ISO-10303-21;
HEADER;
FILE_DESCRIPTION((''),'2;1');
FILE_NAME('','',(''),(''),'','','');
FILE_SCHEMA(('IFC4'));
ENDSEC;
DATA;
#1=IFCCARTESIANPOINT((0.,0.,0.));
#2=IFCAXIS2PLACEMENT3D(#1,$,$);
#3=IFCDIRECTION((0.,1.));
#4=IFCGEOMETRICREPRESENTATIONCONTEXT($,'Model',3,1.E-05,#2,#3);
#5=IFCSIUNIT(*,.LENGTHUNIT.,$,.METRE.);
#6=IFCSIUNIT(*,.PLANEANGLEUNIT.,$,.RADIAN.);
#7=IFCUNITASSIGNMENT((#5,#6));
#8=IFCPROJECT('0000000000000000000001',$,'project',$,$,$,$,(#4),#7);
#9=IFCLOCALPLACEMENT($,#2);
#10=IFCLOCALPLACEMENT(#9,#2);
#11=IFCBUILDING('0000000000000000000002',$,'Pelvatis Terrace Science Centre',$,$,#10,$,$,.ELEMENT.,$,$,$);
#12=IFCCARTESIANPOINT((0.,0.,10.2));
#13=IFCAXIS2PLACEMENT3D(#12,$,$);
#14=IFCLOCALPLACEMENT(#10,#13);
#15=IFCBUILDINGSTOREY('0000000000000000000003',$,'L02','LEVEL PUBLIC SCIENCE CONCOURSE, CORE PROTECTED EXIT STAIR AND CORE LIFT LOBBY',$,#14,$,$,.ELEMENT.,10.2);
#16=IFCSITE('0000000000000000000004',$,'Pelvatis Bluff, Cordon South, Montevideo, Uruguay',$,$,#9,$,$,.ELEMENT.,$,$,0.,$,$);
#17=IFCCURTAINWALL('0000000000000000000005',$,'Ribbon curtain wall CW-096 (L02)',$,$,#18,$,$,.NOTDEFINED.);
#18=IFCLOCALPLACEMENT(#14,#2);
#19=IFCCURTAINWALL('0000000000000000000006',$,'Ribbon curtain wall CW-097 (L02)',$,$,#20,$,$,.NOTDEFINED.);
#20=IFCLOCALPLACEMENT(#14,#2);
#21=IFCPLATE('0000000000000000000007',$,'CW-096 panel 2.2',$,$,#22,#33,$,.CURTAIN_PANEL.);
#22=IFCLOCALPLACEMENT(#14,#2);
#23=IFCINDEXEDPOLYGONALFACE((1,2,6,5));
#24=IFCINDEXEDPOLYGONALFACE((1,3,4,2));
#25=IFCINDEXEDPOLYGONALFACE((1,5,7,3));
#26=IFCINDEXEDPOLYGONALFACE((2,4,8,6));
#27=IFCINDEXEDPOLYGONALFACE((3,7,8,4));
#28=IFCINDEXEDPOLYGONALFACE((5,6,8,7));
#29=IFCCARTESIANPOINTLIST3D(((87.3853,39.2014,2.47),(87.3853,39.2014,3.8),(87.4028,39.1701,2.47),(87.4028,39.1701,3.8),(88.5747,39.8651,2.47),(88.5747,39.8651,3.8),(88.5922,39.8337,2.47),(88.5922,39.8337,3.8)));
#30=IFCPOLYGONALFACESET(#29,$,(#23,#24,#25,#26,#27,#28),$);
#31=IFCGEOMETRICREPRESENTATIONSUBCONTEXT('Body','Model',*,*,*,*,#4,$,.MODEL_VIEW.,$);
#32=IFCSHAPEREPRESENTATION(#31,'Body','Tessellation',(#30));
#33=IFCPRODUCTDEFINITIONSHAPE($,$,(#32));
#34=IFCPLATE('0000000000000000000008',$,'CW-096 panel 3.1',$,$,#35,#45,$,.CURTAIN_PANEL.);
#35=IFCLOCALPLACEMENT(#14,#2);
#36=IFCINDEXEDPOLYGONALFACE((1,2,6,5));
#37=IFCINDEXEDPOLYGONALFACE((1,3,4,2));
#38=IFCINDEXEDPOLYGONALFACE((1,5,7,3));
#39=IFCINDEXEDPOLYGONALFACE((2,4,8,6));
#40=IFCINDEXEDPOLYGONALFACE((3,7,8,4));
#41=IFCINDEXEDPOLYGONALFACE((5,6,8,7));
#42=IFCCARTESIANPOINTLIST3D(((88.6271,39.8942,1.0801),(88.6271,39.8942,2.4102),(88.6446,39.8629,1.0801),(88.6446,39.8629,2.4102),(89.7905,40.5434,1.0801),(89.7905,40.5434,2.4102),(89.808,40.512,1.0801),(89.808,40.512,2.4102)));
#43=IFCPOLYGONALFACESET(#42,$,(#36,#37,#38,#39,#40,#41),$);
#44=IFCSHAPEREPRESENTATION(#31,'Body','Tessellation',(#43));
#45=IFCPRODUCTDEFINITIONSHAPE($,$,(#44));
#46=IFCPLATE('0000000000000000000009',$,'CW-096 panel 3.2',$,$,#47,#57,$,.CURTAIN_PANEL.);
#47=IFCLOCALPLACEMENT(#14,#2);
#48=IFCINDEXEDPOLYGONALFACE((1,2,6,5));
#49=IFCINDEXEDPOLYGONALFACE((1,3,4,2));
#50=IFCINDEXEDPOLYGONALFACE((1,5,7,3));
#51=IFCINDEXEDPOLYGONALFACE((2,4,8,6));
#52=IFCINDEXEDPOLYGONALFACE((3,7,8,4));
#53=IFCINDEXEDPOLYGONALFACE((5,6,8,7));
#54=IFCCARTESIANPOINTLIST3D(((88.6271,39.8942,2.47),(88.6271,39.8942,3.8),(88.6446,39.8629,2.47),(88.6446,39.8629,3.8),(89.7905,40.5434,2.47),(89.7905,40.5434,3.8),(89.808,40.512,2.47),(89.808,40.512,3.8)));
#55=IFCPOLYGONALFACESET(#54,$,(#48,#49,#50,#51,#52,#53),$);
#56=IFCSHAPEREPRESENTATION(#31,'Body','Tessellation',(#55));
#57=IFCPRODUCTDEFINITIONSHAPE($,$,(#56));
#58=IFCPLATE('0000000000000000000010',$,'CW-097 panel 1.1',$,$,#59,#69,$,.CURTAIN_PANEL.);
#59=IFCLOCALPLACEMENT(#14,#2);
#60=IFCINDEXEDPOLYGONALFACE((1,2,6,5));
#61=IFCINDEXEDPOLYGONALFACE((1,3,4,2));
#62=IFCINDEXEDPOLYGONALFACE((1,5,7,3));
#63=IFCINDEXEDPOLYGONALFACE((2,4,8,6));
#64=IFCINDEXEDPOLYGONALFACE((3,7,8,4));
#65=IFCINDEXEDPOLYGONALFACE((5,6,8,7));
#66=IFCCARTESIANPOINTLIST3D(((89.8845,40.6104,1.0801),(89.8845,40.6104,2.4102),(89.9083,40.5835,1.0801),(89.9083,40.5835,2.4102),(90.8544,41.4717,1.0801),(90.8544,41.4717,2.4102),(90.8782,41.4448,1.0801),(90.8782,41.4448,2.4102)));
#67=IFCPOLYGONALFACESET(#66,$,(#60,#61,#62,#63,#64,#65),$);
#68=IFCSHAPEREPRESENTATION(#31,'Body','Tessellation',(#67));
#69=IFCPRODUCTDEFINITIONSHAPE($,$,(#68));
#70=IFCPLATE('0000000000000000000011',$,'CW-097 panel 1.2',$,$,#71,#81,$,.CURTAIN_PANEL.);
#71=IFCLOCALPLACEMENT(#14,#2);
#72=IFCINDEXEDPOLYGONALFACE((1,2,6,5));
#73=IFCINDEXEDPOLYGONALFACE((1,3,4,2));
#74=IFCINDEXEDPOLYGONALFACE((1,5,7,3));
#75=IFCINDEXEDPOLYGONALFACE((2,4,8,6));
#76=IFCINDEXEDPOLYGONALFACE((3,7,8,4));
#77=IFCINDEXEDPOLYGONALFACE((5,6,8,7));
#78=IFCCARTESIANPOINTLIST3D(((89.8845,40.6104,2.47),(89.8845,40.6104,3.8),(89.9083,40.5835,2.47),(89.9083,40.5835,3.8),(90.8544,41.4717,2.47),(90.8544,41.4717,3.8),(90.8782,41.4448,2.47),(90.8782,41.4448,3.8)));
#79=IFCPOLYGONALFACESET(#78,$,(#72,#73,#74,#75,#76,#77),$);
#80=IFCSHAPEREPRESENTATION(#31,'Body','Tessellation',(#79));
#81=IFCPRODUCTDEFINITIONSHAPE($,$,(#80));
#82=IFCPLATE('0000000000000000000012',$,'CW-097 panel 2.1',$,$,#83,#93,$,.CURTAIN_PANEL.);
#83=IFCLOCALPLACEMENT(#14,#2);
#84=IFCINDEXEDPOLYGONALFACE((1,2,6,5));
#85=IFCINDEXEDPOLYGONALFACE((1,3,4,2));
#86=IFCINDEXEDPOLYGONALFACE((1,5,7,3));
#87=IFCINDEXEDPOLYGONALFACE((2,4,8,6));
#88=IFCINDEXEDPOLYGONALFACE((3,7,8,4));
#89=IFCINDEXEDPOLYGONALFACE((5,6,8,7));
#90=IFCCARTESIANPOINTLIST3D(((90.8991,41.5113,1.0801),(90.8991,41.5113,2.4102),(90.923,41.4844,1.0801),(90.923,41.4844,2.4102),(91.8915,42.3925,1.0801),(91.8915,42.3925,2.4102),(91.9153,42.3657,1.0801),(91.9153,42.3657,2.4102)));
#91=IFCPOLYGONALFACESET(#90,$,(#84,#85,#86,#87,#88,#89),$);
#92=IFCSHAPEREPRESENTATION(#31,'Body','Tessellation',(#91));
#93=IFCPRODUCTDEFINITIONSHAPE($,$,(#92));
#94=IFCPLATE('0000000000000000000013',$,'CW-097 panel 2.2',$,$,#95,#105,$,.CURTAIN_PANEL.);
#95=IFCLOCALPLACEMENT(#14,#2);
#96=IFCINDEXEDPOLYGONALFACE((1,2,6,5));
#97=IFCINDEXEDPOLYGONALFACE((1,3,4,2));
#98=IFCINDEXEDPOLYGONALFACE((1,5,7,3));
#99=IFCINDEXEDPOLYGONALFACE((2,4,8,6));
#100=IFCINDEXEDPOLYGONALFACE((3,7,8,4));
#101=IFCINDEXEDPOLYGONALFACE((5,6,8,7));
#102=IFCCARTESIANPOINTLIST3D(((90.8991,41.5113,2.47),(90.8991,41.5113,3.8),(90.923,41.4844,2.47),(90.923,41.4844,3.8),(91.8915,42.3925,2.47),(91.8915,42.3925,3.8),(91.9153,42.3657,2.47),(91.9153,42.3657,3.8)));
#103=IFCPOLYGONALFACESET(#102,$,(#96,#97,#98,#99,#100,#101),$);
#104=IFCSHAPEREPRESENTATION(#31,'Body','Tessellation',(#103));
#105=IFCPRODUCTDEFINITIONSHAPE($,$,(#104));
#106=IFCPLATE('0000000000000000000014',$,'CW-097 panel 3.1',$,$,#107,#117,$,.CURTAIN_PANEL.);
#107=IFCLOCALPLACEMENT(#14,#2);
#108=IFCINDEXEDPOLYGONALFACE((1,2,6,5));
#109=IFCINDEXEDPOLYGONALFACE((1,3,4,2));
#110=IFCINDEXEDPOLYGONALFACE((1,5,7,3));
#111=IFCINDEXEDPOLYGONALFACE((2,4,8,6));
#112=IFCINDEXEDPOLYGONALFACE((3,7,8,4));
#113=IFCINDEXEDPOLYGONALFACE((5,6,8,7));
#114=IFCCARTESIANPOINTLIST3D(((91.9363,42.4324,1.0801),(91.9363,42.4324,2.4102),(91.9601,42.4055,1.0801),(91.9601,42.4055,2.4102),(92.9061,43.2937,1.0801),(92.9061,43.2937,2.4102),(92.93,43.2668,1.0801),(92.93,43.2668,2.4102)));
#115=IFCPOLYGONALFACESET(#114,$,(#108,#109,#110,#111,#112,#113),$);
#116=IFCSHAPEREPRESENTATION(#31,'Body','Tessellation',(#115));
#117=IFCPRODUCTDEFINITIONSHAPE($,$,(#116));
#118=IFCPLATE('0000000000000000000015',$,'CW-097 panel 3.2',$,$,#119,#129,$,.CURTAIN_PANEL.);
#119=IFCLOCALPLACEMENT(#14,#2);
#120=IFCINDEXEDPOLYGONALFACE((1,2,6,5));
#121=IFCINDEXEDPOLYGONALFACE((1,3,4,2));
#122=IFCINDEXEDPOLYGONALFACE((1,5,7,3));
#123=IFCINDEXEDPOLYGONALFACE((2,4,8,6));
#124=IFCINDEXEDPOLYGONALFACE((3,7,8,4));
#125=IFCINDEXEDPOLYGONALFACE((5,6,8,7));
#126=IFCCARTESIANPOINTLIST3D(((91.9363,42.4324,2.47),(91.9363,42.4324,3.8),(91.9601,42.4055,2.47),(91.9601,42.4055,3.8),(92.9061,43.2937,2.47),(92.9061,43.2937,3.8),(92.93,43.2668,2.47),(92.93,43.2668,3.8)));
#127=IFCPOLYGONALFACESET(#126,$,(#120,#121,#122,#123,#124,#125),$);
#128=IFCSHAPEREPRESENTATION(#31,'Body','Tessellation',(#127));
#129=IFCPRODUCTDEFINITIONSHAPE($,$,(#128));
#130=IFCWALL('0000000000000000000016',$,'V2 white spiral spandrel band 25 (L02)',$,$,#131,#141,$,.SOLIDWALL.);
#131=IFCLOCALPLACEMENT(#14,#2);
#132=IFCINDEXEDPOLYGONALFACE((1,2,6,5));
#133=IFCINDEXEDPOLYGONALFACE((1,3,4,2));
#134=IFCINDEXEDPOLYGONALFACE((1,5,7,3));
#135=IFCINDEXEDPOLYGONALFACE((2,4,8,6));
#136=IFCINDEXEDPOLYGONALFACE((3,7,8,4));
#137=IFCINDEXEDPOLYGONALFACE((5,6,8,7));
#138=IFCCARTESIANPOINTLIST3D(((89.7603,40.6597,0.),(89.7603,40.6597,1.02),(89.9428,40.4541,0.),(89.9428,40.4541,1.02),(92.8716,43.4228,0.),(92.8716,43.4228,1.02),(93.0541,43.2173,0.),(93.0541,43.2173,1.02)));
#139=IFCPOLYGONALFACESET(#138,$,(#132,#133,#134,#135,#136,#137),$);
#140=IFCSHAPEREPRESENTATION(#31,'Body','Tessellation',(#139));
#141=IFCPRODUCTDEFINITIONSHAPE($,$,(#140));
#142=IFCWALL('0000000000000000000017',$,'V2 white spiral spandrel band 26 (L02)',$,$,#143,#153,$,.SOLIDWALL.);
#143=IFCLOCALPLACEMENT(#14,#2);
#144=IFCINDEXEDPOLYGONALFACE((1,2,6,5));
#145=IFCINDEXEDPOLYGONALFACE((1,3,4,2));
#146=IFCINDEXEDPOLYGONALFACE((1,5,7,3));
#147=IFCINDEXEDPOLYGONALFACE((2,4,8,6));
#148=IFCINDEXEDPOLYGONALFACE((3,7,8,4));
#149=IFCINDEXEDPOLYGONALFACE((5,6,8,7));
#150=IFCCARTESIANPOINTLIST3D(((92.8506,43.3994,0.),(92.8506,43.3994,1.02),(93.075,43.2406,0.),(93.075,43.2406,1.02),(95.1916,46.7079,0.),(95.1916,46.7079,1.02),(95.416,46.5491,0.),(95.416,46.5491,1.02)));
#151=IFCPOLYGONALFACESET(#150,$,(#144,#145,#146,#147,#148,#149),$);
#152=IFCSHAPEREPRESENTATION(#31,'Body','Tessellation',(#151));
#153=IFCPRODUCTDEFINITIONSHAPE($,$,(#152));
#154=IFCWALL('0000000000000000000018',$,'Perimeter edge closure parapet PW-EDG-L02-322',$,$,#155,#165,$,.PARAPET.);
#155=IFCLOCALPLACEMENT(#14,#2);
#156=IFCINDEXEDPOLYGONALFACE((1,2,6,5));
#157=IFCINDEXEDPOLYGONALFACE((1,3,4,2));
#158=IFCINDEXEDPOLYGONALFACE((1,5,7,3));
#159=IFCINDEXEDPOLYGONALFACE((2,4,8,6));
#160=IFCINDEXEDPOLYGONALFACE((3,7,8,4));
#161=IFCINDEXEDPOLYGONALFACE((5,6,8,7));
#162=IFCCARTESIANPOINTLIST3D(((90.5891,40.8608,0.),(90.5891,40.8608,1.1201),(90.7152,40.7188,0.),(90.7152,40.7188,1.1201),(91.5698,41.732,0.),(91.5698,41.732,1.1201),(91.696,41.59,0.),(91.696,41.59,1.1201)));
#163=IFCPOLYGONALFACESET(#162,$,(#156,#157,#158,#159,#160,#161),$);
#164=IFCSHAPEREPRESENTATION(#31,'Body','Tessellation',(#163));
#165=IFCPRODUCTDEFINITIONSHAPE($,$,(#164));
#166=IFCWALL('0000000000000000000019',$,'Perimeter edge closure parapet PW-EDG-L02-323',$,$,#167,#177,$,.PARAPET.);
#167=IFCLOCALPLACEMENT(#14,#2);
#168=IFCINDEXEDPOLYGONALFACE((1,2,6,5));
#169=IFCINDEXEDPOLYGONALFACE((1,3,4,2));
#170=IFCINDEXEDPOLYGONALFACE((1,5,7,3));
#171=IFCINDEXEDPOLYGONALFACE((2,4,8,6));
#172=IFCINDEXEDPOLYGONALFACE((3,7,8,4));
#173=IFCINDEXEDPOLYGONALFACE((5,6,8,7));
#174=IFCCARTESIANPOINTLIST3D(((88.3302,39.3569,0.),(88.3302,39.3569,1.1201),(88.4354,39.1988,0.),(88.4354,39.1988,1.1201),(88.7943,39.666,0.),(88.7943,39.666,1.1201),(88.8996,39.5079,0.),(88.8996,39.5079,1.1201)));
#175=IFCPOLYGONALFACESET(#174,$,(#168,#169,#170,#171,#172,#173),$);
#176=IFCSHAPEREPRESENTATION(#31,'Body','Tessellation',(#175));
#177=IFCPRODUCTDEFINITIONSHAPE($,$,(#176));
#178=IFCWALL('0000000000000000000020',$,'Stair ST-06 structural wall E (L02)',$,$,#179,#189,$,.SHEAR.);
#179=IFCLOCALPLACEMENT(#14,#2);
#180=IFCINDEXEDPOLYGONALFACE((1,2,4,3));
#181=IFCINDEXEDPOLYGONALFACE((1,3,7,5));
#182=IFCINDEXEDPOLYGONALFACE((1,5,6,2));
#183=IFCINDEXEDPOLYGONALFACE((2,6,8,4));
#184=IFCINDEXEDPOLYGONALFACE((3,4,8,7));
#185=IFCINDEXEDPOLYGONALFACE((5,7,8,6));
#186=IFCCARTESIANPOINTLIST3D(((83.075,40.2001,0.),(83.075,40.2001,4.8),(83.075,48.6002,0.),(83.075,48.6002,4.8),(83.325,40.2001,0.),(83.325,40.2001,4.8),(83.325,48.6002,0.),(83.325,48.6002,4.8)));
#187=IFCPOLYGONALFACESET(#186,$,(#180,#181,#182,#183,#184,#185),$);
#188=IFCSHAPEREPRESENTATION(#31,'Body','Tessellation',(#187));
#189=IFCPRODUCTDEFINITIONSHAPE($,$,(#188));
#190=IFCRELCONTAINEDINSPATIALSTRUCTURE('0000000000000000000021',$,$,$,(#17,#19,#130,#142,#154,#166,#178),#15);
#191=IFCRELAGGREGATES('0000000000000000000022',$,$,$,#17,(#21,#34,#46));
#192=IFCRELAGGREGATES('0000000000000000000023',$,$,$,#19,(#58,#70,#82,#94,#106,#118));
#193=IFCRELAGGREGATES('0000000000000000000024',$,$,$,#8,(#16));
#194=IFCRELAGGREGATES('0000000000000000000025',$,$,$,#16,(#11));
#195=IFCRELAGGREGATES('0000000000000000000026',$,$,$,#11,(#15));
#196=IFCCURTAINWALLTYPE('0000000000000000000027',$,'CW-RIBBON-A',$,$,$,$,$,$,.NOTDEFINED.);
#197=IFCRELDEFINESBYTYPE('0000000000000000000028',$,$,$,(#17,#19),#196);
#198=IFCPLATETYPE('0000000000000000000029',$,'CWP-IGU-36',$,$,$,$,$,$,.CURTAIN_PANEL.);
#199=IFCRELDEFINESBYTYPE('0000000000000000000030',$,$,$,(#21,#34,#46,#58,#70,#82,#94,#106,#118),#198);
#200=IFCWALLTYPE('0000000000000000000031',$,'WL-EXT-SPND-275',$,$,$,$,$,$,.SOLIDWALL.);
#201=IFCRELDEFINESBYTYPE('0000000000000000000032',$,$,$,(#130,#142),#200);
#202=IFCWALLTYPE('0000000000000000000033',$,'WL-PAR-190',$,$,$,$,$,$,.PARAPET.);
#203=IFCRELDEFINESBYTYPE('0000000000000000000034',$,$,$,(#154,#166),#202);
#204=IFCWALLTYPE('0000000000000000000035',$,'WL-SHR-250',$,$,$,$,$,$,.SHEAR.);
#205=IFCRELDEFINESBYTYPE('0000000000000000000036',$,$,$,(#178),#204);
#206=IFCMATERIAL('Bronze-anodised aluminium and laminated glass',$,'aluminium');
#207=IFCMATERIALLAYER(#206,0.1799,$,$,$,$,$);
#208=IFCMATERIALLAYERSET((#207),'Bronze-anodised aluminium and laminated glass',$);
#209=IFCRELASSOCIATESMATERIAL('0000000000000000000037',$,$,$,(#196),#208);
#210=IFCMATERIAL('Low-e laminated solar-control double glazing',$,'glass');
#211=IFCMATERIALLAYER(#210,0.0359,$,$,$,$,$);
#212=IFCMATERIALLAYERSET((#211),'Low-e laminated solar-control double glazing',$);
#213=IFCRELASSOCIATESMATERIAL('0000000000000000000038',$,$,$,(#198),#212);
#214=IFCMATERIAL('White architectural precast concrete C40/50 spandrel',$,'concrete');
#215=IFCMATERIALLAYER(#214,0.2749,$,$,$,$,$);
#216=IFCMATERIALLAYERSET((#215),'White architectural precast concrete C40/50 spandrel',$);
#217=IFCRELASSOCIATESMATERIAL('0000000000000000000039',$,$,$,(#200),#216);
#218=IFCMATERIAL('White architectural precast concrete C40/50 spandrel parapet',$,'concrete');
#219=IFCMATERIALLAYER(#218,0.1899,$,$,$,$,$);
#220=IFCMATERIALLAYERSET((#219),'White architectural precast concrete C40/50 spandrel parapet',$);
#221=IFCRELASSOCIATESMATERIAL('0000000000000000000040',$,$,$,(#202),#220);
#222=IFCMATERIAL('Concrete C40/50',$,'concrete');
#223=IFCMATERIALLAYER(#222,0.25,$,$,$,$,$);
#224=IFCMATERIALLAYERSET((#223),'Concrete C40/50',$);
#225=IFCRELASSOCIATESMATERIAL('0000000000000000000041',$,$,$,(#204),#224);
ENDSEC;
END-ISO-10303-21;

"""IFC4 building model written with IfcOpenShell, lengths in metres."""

from ifc_helpers import new_model, si_unit, direction, frame, frame_2d, origin, origin_2d, place, context, subcontext, project, spatial, rectangle, extrude, material, layer, layer_set, type_object, element, aggregate, save


model = new_model("IFC4")

# Units and contexts
model_context = context("Model", 3, precision=1e-05, world=origin(), true_north=direction((0.0, 1.0)))
body_context = subcontext(model_context, "Body", "Model", "MODEL_VIEW")
ifc_project = project(units=[si_unit("LENGTHUNIT", "METRE"), si_unit("PLANEANGLEUNIT", "RADIAN")], contexts=[model_context])

# Site, building, storey
site_placement = place(None, origin())
site = spatial("IfcSite", under=ifc_project, at=site_placement, Name="Pelvatis Bluff, Cordon South, Montevideo, Uruguay", CompositionType="ELEMENT", RefElevation=0.0)
building_placement = place(site_placement, origin())
building = spatial("IfcBuilding", under=site, at=building_placement, Name="Pelvatis Terrace Science Centre", CompositionType="ELEMENT")
storey_placement = place(building_placement, frame((0.0, 0.0, 10.2)))
storey = spatial("IfcBuildingStorey", under=building, at=storey_placement, Name="L02", Description="LEVEL PUBLIC SCIENCE CONCOURSE, CORE PROTECTED EXIT STAIR AND CORE LIFT LOBBY", CompositionType="ELEMENT", Elevation=10.2)

# Curtain walls
ifc_material_1 = material(Name="Bronze-anodised aluminium and laminated glass", Category="aluminium")
ifc_layer_1 = layer(ifc_material_1, 0.1799)
ifc_layer_set_1 = layer_set([ifc_layer_1], Name="Bronze-anodised aluminium and laminated glass")
curtain_wall_type = type_object("IfcCurtainWallType", Name="CW-RIBBON-A", PredefinedType="NOTDEFINED", material=ifc_layer_set_1)
curtain_wall_1_placement = place(storey_placement, origin())
curtain_wall_1 = element("IfcCurtainWall", 1, at=curtain_wall_1_placement, inside=storey, type_object=curtain_wall_type, Name="Ribbon curtain wall CW-096 (L02)", PredefinedType="NOTDEFINED")
curtain_wall_2_placement = place(storey_placement, origin())
curtain_wall_2 = element("IfcCurtainWall", 2, at=curtain_wall_2_placement, inside=storey, type_object=curtain_wall_type, Name="Ribbon curtain wall CW-097 (L02)", PredefinedType="NOTDEFINED")

# Plates
ifc_material_2 = material(Name="Low-e laminated solar-control double glazing", Category="glass")
ifc_layer_2 = layer(ifc_material_2, 0.0359)
ifc_layer_set_2 = layer_set([ifc_layer_2], Name="Low-e laminated solar-control double glazing")
plate_type = type_object("IfcPlateType", Name="CWP-IGU-36", PredefinedType="CURTAIN_PANEL", material=ifc_layer_set_2)
plate_1_placement = place(storey_placement, frame((87.9888, 39.5176, 2.47), z_axis=(0.0, 0.0, 1.0), x_axis=(0.873259, 0.487256, 0.0)))
plate_1 = element("IfcPlate", 3, at=plate_1_placement, type_object=plate_type, Name="CW-096 panel 2.2", PredefinedType="CURTAIN_PANEL", context=body_context, shape_type="SweptSolid", body=[
    extrude(rectangle(XDim=1.3621, YDim=0.0359, at=origin_2d()), origin(), (0.0, 0.0, 1.0), 1.3301),
])
plate_2_placement = place(storey_placement, frame((89.2175, 40.2031, 1.0801), z_axis=(0.0, 0.0, 1.0), x_axis=(0.873259, 0.487256, 0.0)))
plate_2 = element("IfcPlate", 4, at=plate_2_placement, type_object=plate_type, Name="CW-096 panel 3.1", PredefinedType="CURTAIN_PANEL", context=body_context, shape_type="SweptSolid", body=[
    extrude(rectangle(XDim=1.3323, YDim=0.0359, at=origin_2d()), origin(), (0.0, 0.0, 1.0), 1.3301),
])
plate_3_placement = place(storey_placement, frame((89.2175, 40.2031, 2.47), z_axis=(0.0, 0.0, 1.0), x_axis=(0.873259, 0.487256, 0.0)))
plate_3 = element("IfcPlate", 5, at=plate_3_placement, type_object=plate_type, Name="CW-096 panel 3.2", PredefinedType="CURTAIN_PANEL", context=body_context, shape_type="SweptSolid", body=[
    extrude(rectangle(XDim=1.3323, YDim=0.0359, at=origin_2d()), origin(), (0.0, 0.0, 1.0), 1.3301),
])
aggregate(curtain_wall_1, [plate_1, plate_2, plate_3])
plate_4_placement = place(storey_placement, frame((90.3813, 41.0276, 1.0801), z_axis=(0.0, 0.0, 1.0), x_axis=(0.747718, 0.664016, 0.0)))
plate_4 = element("IfcPlate", 6, at=plate_4_placement, type_object=plate_type, Name="CW-097 panel 1.1", PredefinedType="CURTAIN_PANEL", context=body_context, shape_type="SweptSolid", body=[
    extrude(rectangle(XDim=1.2971, YDim=0.0359, at=origin_2d()), origin(), (0.0, 0.0, 1.0), 1.3301),
])
plate_5_placement = place(storey_placement, frame((90.3813, 41.0276, 2.47), z_axis=(0.0, 0.0, 1.0), x_axis=(0.747718, 0.664016, 0.0)))
plate_5 = element("IfcPlate", 7, at=plate_5_placement, type_object=plate_type, Name="CW-097 panel 1.2", PredefinedType="CURTAIN_PANEL", context=body_context, shape_type="SweptSolid", body=[
    extrude(rectangle(XDim=1.2971, YDim=0.0359, at=origin_2d()), origin(), (0.0, 0.0, 1.0), 1.3301),
])
plate_6_placement = place(storey_placement, frame((91.4072, 41.9385, 1.0801), z_axis=(0.0, 0.0, 1.0), x_axis=(0.747718, 0.664016, 0.0)))
plate_6 = element("IfcPlate", 8, at=plate_6_placement, type_object=plate_type, Name="CW-097 panel 2.1", PredefinedType="CURTAIN_PANEL", context=body_context, shape_type="SweptSolid", body=[
    extrude(rectangle(XDim=1.3271, YDim=0.0359, at=origin_2d()), origin(), (0.0, 0.0, 1.0), 1.3301),
])
plate_7_placement = place(storey_placement, frame((91.4072, 41.9385, 2.47), z_axis=(0.0, 0.0, 1.0), x_axis=(0.747718, 0.664016, 0.0)))
plate_7 = element("IfcPlate", 9, at=plate_7_placement, type_object=plate_type, Name="CW-097 panel 2.2", PredefinedType="CURTAIN_PANEL", context=body_context, shape_type="SweptSolid", body=[
    extrude(rectangle(XDim=1.3271, YDim=0.0359, at=origin_2d()), origin(), (0.0, 0.0, 1.0), 1.3301),
])
plate_8_placement = place(storey_placement, frame((92.4331, 42.8496, 1.0801), z_axis=(0.0, 0.0, 1.0), x_axis=(0.747718, 0.664016, 0.0)))
plate_8 = element("IfcPlate", 10, at=plate_8_placement, type_object=plate_type, Name="CW-097 panel 3.1", PredefinedType="CURTAIN_PANEL", context=body_context, shape_type="SweptSolid", body=[
    extrude(rectangle(XDim=1.2971, YDim=0.0359, at=origin_2d()), origin(), (0.0, 0.0, 1.0), 1.3301),
])
plate_9_placement = place(storey_placement, frame((92.4331, 42.8496, 2.47), z_axis=(0.0, 0.0, 1.0), x_axis=(0.747718, 0.664016, 0.0)))
plate_9 = element("IfcPlate", 11, at=plate_9_placement, type_object=plate_type, Name="CW-097 panel 3.2", PredefinedType="CURTAIN_PANEL", context=body_context, shape_type="SweptSolid", body=[
    extrude(rectangle(XDim=1.2971, YDim=0.0359, at=origin_2d()), origin(), (0.0, 0.0, 1.0), 1.3301),
])
aggregate(curtain_wall_2, [plate_4, plate_5, plate_6, plate_7, plate_8, plate_9])

# Walls
ifc_material_3 = material(Name="White architectural precast concrete C40/50 spandrel", Category="concrete")
ifc_layer_3 = layer(ifc_material_3, 0.2749)
ifc_layer_set_3 = layer_set([ifc_layer_3], Name="White architectural precast concrete C40/50 spandrel")
wall_type_1 = type_object("IfcWallType", Name="WL-EXT-SPND-275", PredefinedType="SOLIDWALL", material=ifc_layer_set_3)
wall_1_placement = place(storey_placement, frame((89.8516, 40.5569, 0.0), z_axis=(0.0, 0.0, 1.0), x_axis=(0.747701, 0.664036, 0.0)))
element("IfcWall", 12, at=wall_1_placement, inside=storey, type_object=wall_type_1, Name="V2 white spiral spandrel band 25 (L02)", PredefinedType="SOLIDWALL", context=body_context, shape_type="SweptSolid", body=[
    extrude(rectangle(XDim=4.1611, YDim=0.2749, at=frame_2d((2.0806, 0.0))), origin(), (0.0, 0.0, 1.0), 1.02),
])
wall_2_placement = place(storey_placement, frame((92.9629, 43.3201, 0.0), z_axis=(0.0, 0.0, 1.0), x_axis=(0.577603, 0.816318, 0.0)))
element("IfcWall", 13, at=wall_2_placement, inside=storey, type_object=wall_type_1, Name="V2 white spiral spandrel band 26 (L02)", PredefinedType="SOLIDWALL", context=body_context, shape_type="SweptSolid", body=[
    extrude(rectangle(XDim=4.053, YDim=0.2749, at=frame_2d((2.0264, 0.0))), origin(), (0.0, 0.0, 1.0), 1.02),
])
ifc_material_4 = material(Name="White architectural precast concrete C40/50 spandrel parapet", Category="concrete")
ifc_layer_4 = layer(ifc_material_4, 0.1899)
ifc_layer_set_4 = layer_set([ifc_layer_4], Name="White architectural precast concrete C40/50 spandrel parapet")
wall_type_2 = type_object("IfcWallType", Name="WL-PAR-190", PredefinedType="PARAPET", material=ifc_layer_set_4)
wall_3_placement = place(storey_placement, frame((91.6328, 41.6609, 0.0), z_axis=(0.0, 0.0, 1.0), x_axis=(-0.747656, -0.664087, 0.0)))
element("IfcWall", 14, at=wall_3_placement, inside=storey, type_object=wall_type_2, Name="Perimeter edge closure parapet PW-EDG-L02-322", PredefinedType="PARAPET", context=body_context, shape_type="SweptSolid", body=[
    extrude(rectangle(XDim=1.3118, YDim=0.1899, at=frame_2d((0.6558, 0.0))), origin(), (0.0, 0.0, 1.0), 1.1201),
])
wall_4_placement = place(storey_placement, frame((88.8469, 39.5869, 0.0), z_axis=(0.0, 0.0, 1.0), x_axis=(-0.83232, -0.554296, 0.0)))
element("IfcWall", 15, at=wall_4_placement, inside=storey, type_object=wall_type_2, Name="Perimeter edge closure parapet PW-EDG-L02-323", PredefinedType="PARAPET", context=body_context, shape_type="SweptSolid", body=[
    extrude(rectangle(XDim=0.5576, YDim=0.1899, at=frame_2d((0.2788, 0.0))), origin(), (0.0, 0.0, 1.0), 1.1201),
])
ifc_material_5 = material(Name="Concrete C40/50", Category="concrete")
ifc_layer_5 = layer(ifc_material_5, 0.25)
ifc_layer_set_5 = layer_set([ifc_layer_5], Name="Concrete C40/50")
wall_type_3 = type_object("IfcWallType", Name="WL-SHR-250", PredefinedType="SHEAR", material=ifc_layer_set_5)
wall_5_placement = place(storey_placement, frame((83.2, 40.2, 0.0), z_axis=(0.0, 0.0, 1.0), x_axis=(0.0, 1.0, 0.0)))
element("IfcWall", 16, at=wall_5_placement, inside=storey, type_object=wall_type_3, Name="Stair ST-06 structural wall E (L02)", PredefinedType="SHEAR", context=body_context, shape_type="SweptSolid", body=[
    extrude(rectangle(XDim=8.4001, YDim=0.25, at=frame_2d((4.2002, 0.0))), origin(), (0.0, 0.0, 1.0), 4.8),
])

save(model, "model.ifc")
